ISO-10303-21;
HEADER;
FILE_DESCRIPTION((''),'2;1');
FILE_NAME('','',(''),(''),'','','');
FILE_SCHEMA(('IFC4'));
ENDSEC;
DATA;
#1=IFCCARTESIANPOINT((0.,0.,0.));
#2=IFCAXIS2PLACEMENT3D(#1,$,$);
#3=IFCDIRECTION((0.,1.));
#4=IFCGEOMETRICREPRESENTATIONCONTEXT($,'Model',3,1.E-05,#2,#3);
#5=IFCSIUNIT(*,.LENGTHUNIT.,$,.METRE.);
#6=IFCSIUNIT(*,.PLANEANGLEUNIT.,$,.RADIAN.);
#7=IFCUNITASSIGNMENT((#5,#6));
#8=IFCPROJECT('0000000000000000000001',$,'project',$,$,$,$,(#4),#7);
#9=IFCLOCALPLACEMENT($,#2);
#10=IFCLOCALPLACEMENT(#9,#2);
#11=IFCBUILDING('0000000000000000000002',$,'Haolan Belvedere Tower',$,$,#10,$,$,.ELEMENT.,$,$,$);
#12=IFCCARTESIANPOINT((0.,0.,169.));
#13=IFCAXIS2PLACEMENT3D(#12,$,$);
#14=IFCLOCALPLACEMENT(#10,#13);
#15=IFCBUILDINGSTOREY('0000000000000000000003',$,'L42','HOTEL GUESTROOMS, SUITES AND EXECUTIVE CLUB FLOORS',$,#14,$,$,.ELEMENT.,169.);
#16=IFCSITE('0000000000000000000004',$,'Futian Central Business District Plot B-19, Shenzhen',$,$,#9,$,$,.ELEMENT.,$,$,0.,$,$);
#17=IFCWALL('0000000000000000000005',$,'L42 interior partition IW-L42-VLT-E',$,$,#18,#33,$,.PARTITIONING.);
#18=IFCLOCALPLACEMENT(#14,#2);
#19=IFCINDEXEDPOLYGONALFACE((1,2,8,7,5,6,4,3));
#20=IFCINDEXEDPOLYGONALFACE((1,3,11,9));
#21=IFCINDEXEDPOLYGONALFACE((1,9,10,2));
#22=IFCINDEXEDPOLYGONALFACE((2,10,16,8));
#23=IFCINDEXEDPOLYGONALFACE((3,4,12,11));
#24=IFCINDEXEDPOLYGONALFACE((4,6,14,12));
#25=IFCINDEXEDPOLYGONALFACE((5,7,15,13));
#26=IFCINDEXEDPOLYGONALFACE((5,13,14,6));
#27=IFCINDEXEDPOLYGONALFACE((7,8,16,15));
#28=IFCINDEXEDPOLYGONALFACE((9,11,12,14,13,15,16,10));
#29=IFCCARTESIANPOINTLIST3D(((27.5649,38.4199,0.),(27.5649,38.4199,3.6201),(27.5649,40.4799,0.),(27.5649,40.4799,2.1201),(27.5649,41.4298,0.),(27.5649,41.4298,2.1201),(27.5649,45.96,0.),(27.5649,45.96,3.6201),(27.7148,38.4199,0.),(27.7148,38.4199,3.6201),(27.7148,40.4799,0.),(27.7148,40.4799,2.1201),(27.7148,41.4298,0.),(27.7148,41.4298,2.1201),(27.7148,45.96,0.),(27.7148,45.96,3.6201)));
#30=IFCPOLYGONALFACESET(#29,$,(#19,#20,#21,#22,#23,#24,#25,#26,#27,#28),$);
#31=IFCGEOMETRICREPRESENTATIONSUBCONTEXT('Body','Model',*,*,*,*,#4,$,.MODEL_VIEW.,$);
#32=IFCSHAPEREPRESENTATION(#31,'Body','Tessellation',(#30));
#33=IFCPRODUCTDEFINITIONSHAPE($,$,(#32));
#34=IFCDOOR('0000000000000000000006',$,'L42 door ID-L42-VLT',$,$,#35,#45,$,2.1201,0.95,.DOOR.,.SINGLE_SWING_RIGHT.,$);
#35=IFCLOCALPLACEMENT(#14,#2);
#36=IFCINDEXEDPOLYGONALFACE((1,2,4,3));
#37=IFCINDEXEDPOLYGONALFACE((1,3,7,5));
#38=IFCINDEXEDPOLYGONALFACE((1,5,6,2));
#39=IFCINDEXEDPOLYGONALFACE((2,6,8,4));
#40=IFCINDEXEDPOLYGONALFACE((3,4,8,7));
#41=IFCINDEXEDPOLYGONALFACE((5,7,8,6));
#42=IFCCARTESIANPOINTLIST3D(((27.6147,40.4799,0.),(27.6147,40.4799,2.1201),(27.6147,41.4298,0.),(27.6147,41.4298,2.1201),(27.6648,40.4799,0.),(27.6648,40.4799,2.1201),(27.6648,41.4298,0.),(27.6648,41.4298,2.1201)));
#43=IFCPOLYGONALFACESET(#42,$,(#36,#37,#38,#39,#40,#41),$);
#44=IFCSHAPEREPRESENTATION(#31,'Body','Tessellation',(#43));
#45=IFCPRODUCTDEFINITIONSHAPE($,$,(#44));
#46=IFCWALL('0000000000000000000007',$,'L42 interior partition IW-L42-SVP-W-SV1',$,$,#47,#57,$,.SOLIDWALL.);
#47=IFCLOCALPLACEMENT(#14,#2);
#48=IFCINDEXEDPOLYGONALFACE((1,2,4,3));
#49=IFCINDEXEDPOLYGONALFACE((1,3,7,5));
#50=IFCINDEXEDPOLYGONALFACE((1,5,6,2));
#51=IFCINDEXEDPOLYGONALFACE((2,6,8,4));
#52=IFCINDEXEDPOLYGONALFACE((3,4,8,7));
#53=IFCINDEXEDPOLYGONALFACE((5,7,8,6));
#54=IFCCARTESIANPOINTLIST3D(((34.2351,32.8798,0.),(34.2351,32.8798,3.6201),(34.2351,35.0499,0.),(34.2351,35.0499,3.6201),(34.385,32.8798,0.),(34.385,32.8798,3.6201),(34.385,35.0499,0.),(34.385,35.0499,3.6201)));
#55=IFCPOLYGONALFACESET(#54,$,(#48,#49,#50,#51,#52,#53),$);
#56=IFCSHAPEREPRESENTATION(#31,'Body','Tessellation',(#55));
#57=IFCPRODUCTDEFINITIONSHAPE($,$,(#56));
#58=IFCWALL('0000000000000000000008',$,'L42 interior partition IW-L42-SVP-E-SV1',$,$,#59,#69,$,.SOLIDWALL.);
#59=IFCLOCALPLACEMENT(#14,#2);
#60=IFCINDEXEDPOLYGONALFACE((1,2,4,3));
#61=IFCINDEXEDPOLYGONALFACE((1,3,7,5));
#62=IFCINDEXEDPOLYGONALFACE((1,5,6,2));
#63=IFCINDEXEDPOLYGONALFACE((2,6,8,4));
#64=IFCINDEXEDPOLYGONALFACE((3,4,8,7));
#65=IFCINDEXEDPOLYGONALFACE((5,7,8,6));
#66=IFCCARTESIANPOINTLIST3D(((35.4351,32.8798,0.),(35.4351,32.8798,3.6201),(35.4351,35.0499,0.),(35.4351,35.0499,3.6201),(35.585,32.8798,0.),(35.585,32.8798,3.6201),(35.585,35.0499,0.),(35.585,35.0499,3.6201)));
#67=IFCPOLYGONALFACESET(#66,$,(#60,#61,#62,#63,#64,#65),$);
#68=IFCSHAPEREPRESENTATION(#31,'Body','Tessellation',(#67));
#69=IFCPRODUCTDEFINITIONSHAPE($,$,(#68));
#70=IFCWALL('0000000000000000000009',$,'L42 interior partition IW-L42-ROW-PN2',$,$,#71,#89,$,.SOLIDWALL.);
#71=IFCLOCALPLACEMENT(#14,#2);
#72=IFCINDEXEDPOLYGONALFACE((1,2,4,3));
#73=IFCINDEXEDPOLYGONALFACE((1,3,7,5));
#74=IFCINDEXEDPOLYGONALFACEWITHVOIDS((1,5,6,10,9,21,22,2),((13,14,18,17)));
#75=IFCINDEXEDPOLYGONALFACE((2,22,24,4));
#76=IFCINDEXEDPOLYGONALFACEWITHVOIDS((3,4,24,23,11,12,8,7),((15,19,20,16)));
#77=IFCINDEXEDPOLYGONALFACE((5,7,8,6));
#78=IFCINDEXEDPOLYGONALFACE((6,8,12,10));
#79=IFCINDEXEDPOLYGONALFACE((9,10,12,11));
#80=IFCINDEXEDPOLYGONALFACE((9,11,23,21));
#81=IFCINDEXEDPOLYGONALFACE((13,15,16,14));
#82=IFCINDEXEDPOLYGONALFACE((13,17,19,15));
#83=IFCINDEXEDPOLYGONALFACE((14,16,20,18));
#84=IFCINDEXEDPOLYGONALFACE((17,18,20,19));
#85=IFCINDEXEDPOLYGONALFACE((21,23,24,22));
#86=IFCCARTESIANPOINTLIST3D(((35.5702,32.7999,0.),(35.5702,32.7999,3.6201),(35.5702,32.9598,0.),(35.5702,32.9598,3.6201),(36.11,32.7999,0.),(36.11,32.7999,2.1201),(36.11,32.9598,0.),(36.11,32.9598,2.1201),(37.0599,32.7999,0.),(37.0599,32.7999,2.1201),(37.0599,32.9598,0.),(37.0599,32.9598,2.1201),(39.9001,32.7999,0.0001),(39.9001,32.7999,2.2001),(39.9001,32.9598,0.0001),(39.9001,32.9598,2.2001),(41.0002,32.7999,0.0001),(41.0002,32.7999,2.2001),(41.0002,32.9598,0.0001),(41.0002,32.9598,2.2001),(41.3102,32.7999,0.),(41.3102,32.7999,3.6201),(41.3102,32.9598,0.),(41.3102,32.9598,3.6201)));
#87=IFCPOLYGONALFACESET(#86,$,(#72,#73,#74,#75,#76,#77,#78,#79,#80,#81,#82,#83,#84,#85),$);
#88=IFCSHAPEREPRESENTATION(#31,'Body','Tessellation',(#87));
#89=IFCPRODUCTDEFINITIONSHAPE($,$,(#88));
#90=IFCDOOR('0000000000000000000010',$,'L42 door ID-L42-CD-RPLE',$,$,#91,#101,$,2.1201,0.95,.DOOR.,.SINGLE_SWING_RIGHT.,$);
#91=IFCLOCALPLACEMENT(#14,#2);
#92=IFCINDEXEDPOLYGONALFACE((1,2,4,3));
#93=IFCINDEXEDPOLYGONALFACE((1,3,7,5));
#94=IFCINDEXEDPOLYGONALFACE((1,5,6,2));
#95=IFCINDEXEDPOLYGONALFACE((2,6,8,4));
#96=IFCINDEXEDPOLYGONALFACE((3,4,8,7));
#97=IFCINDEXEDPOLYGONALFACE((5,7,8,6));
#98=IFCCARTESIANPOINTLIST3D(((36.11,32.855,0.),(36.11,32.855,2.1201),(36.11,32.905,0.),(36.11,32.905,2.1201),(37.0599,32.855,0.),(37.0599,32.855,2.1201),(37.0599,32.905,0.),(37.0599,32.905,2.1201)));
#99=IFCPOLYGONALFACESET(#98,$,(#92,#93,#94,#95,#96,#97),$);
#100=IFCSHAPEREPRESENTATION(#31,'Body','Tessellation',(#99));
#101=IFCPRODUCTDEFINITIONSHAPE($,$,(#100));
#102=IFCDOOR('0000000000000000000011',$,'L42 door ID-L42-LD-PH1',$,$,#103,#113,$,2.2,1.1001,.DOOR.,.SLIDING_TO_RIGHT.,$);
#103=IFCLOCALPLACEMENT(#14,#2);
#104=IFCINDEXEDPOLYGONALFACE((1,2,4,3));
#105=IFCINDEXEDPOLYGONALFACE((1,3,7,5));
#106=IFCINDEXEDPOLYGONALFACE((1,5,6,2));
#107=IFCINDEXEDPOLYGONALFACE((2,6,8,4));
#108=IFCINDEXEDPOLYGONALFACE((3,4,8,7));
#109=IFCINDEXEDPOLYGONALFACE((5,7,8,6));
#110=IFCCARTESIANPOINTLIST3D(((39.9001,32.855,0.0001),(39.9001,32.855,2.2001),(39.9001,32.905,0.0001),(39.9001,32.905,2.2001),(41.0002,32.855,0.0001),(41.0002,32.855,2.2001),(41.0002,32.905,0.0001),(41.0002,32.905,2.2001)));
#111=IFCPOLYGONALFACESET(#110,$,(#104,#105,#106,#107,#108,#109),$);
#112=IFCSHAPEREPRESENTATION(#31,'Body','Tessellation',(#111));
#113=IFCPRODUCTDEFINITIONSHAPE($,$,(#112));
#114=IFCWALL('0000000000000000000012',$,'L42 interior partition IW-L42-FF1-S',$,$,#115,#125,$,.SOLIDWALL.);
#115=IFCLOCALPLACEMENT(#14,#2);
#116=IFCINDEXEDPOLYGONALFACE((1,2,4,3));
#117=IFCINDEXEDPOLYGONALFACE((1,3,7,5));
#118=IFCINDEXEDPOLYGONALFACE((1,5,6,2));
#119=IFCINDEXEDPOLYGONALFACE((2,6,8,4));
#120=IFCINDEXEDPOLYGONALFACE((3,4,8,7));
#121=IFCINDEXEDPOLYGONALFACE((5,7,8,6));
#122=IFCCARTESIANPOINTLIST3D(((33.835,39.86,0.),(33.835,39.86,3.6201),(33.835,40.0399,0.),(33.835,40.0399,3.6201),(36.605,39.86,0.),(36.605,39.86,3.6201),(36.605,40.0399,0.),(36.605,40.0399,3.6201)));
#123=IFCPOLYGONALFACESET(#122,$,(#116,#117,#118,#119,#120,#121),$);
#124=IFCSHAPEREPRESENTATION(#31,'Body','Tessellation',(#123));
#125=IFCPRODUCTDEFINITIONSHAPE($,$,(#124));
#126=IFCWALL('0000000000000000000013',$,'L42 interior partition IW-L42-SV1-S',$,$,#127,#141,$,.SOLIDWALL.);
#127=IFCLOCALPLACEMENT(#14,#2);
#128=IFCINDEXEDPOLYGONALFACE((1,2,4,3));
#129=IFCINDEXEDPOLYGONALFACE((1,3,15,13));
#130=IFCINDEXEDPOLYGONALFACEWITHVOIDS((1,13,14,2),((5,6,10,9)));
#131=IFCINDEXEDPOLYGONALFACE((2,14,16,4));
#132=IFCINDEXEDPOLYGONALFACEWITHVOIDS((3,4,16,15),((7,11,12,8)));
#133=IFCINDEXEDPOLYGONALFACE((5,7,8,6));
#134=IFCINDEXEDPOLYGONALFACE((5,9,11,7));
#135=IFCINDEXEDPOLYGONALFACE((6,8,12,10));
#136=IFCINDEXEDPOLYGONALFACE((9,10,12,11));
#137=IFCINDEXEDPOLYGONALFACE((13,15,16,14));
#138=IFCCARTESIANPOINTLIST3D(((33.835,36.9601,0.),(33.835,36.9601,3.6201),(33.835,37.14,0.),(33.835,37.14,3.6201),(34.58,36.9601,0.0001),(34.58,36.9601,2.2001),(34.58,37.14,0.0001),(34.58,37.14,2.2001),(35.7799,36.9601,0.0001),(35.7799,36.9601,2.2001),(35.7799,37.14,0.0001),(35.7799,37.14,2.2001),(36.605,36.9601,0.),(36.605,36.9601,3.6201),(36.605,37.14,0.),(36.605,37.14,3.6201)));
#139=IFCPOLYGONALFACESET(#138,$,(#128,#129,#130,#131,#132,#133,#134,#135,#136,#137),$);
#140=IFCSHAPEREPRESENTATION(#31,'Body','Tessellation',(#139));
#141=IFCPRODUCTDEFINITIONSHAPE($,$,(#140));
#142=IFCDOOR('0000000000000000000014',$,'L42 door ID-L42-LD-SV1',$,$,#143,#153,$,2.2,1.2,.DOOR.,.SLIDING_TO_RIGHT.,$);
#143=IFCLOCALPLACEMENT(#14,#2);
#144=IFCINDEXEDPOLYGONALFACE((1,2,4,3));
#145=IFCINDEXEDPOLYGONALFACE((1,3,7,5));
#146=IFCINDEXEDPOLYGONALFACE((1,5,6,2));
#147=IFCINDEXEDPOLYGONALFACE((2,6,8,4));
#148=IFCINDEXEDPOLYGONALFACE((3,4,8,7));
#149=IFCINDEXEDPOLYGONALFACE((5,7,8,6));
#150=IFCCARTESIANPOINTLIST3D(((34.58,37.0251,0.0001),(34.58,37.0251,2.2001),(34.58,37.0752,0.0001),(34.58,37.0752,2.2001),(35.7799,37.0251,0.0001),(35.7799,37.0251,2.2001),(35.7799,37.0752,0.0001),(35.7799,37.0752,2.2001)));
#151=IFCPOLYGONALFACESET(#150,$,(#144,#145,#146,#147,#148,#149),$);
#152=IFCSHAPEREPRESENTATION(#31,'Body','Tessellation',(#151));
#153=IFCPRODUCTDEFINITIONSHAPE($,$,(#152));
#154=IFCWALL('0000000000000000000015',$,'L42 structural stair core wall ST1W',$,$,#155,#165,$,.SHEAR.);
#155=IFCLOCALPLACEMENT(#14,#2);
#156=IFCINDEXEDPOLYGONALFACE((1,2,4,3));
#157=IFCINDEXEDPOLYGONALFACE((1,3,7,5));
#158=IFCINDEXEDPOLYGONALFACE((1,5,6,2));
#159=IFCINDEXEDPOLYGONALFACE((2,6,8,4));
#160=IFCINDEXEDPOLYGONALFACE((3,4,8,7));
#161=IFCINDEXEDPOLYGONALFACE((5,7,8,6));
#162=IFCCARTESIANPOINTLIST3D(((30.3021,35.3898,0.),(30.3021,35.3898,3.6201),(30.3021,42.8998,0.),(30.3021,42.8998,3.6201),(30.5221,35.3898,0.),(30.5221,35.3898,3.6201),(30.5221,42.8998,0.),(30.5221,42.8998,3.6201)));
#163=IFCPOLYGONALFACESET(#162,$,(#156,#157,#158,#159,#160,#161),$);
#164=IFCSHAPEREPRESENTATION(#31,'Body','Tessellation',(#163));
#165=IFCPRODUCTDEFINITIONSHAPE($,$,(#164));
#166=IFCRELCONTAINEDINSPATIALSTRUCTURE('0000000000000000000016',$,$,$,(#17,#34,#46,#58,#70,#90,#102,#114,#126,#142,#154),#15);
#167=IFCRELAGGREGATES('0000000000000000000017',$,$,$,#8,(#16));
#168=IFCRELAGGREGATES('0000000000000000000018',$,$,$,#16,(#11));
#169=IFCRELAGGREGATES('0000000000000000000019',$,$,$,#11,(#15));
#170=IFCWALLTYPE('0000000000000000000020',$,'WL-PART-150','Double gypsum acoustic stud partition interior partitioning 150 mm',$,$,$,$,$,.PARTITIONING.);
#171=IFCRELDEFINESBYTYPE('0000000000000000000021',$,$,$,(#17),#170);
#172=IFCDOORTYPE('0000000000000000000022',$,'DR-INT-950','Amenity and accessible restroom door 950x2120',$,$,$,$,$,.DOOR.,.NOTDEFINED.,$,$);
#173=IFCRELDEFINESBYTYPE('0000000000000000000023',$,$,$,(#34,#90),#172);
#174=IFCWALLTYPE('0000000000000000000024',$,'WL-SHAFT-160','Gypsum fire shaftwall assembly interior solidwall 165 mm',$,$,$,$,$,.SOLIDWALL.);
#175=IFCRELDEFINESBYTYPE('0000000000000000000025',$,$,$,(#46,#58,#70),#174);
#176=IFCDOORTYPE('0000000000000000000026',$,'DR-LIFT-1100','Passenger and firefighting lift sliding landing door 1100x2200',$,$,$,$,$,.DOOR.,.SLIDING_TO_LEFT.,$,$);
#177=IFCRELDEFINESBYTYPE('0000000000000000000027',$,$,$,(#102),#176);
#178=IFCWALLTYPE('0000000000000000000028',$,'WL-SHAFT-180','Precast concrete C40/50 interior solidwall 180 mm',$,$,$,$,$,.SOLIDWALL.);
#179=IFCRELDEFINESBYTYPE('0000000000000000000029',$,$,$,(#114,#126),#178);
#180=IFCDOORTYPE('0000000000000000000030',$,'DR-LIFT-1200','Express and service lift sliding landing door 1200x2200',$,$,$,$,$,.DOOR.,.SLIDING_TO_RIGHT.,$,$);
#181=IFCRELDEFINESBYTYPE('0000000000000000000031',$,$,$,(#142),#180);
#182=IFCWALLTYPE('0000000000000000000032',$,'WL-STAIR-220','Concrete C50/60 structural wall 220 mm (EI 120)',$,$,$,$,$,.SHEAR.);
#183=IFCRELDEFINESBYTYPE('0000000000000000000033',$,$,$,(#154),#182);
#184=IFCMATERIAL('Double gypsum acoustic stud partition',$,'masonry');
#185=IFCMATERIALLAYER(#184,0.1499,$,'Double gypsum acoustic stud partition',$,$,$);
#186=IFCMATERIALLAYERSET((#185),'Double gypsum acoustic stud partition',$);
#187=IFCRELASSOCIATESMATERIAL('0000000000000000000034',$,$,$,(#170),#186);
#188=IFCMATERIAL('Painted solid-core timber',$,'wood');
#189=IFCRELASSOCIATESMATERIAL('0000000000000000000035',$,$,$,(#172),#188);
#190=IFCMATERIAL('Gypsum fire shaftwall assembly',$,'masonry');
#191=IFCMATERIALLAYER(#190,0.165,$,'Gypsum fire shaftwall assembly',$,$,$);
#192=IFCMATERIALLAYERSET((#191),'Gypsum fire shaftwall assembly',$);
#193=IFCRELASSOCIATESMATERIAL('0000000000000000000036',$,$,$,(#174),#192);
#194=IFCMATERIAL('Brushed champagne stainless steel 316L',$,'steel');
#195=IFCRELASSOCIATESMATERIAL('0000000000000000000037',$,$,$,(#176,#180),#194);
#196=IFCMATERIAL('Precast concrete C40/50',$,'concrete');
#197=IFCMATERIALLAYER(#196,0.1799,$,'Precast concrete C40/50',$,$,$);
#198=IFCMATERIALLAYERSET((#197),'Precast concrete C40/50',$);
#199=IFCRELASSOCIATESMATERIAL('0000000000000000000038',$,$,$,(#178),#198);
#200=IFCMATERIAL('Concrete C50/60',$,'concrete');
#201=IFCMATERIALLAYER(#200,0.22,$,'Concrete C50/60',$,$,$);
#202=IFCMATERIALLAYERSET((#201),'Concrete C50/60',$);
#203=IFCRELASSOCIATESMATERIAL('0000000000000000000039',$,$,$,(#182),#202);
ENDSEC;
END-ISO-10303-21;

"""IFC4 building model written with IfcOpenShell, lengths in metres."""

from ifc_helpers import new_model, si_unit, direction, frame, frame_2d, origin, place, context, subcontext, project, spatial, rectangle, extrude, material, layer, layer_set, type_object, element, fill, save


model = new_model("IFC4")

# Units and contexts
model_context = context("Model", 3, precision=1e-05, world=origin(), true_north=direction((0.0, 1.0)))
body_context = subcontext(model_context, "Body", "Model", "MODEL_VIEW")
ifc_project = project(units=[si_unit("LENGTHUNIT", "METRE"), si_unit("PLANEANGLEUNIT", "RADIAN")], contexts=[model_context])

# Site, building, storey
site_placement = place(None, origin())
site = spatial("IfcSite", under=ifc_project, at=site_placement, Name="Futian Central Business District Plot B-19, Shenzhen", CompositionType="ELEMENT", RefElevation=0.0)
building_placement = place(site_placement, origin())
building = spatial("IfcBuilding", under=site, at=building_placement, Name="Haolan Belvedere Tower", CompositionType="ELEMENT")
storey_placement = place(building_placement, frame((0.0, 0.0, 169.0)))
storey = spatial("IfcBuildingStorey", under=building, at=storey_placement, Name="L42", Description="HOTEL GUESTROOMS, SUITES AND EXECUTIVE CLUB FLOORS", CompositionType="ELEMENT", Elevation=169.0)

# Wall, opening, door
ifc_material_1 = material(Name="Double gypsum acoustic stud partition", Category="masonry")
ifc_layer_1 = layer(ifc_material_1, 0.1499, Name="Double gypsum acoustic stud partition")
ifc_layer_set_1 = layer_set([ifc_layer_1], Name="Double gypsum acoustic stud partition")
wall_type_1 = type_object("IfcWallType", Name="WL-PART-150", Description="Double gypsum acoustic stud partition interior partitioning 150 mm", PredefinedType="PARTITIONING", material=ifc_layer_set_1)
wall_1_placement = place(storey_placement, frame((27.6399, 38.4199, 0.0), z_axis=(0.0, 0.0, 1.0), x_axis=(0.0, 1.0, 0.0)))
wall_1 = element("IfcWall", 1, at=wall_1_placement, inside=storey, type_object=wall_type_1, Name="L42 interior partition IW-L42-VLT-E", PredefinedType="PARTITIONING", context=body_context, shape_type="SweptSolid", body=[
    extrude(rectangle(XDim=7.54, YDim=0.1499, at=frame_2d((3.77, 0.0))), origin(), (0.0, 0.0, 1.0), 3.6201),
])
opening_1_placement = place(wall_1_placement, frame((3.01, 0.0, 0.0), z_axis=(0.0, 0.0, 1.0), x_axis=(-1.0, 0.0, 0.0)))
opening_1 = element("IfcOpeningElement", 2, at=opening_1_placement, cuts=wall_1, PredefinedType="OPENING", context=body_context, shape_type="SweptSolid", body=[
    extrude(rectangle(XDim=0.95, YDim=2.1201, at=frame_2d((0.4751, 1.0601))), frame((0.0, 0.085, 0.0), z_axis=(0.0, -1.0, 0.0), x_axis=(1.0, 0.0, 0.0)), (0.0, 0.0, 1.0), 0.1699),
])
ifc_material_2 = material(Name="Painted solid-core timber", Category="wood")
door_type_1 = type_object("IfcDoorType", Name="DR-INT-950", Description="Amenity and accessible restroom door 950x2120", OperationType="NOTDEFINED", PredefinedType="DOOR", material=ifc_material_2)
door_1_placement = place(opening_1_placement, origin())
door_1 = element("IfcDoor", 3, at=door_1_placement, inside=storey, type_object=door_type_1, Name="L42 door ID-L42-VLT", OperationType="SINGLE_SWING_RIGHT", OverallHeight=2.1201, OverallWidth=0.95, PredefinedType="DOOR", context=body_context, shape_type="SweptSolid", body=[
    extrude(rectangle(XDim=0.95, YDim=2.1201, at=frame_2d((0.4751, 1.0601))), frame((0.0, 0.0249, 0.0), z_axis=(0.0, -1.0, 0.0), x_axis=(1.0, 0.0, 0.0)), (0.0, 0.0, 1.0), 0.05),
])
fill(opening_1, door_1)

# Walls
ifc_material_3 = material(Name="Gypsum fire shaftwall assembly", Category="masonry")
ifc_layer_2 = layer(ifc_material_3, 0.165, Name="Gypsum fire shaftwall assembly")
ifc_layer_set_2 = layer_set([ifc_layer_2], Name="Gypsum fire shaftwall assembly")
wall_type_2 = type_object("IfcWallType", Name="WL-SHAFT-160", Description="Gypsum fire shaftwall assembly interior solidwall 165 mm", PredefinedType="SOLIDWALL", material=ifc_layer_set_2)
for number, where, z_axis, x_axis, name in (
    (4, (34.3101, 32.8799, 0.0), (0.0, 0.0, 1.0), (0.0, 1.0, 0.0), "L42 interior partition IW-L42-SVP-W-SV1"),
    (5, (35.51, 32.8799, 0.0), (0.0, 0.0, 1.0), (0.0, 1.0, 0.0), "L42 interior partition IW-L42-SVP-E-SV1"),
):
    element("IfcWall", number, at=place(storey_placement, frame(where, z_axis=z_axis, x_axis=x_axis)), inside=storey, type_object=wall_type_2, Name=name, PredefinedType="SOLIDWALL", context=body_context, shape_type="SweptSolid", body=[
        extrude(rectangle(XDim=2.1702, YDim=0.1499, at=frame_2d((1.085, 0.0))), origin(), (0.0, 0.0, 1.0), 3.6201),
    ])

# Wall, openings, doors
wall_2_placement = place(storey_placement, frame((35.5701, 32.8799, 0.0), z_axis=(0.0, 0.0, 1.0), x_axis=(1.0, 0.0, 0.0)))
wall_2 = element("IfcWall", 6, at=wall_2_placement, inside=storey, type_object=wall_type_2, Name="L42 interior partition IW-L42-ROW-PN2", PredefinedType="SOLIDWALL", context=body_context, shape_type="SweptSolid", body=[
    extrude(rectangle(XDim=5.74, YDim=0.1599, at=frame_2d((2.8701, 0.0))), origin(), (0.0, 0.0, 1.0), 3.6201),
])
opening_2_placement = place(wall_2_placement, frame((1.49, 0.0, 0.0), z_axis=(0.0, 0.0, 1.0), x_axis=(-1.0, 0.0, 0.0)))
opening_2 = element("IfcOpeningElement", 7, at=opening_2_placement, cuts=wall_2, PredefinedType="OPENING", context=body_context, shape_type="SweptSolid", body=[
    extrude(rectangle(XDim=0.95, YDim=2.1201, at=frame_2d((0.4751, 1.0601))), frame((0.0, 0.0898, 0.0), z_axis=(0.0, -1.0, 0.0), x_axis=(1.0, 0.0, 0.0)), (0.0, 0.0, 1.0), 0.1799),
])
opening_3_placement = place(wall_2_placement, frame((5.4302, 0.0, 0.0), z_axis=(0.0, 0.0, 1.0), x_axis=(-1.0, 0.0, 0.0)))
opening_3 = element("IfcOpeningElement", 8, at=opening_3_placement, cuts=wall_2, PredefinedType="OPENING", context=body_context, shape_type="SweptSolid", body=[
    extrude(rectangle(XDim=1.1001, YDim=2.2, at=frame_2d((0.55, 1.1001))), frame((0.0, 0.0898, 0.0), z_axis=(0.0, -1.0, 0.0), x_axis=(1.0, 0.0, 0.0)), (0.0, 0.0, 1.0), 0.1799),
])
door_2_placement = place(opening_2_placement, origin())
door_2 = element("IfcDoor", 9, at=door_2_placement, inside=storey, type_object=door_type_1, Name="L42 door ID-L42-CD-RPLE", OperationType="SINGLE_SWING_RIGHT", OverallHeight=2.1201, OverallWidth=0.95, PredefinedType="DOOR", context=body_context, shape_type="SweptSolid", body=[
    extrude(rectangle(XDim=0.95, YDim=2.1201, at=frame_2d((0.4751, 1.0601))), frame((0.0, 0.0249, 0.0), z_axis=(0.0, -1.0, 0.0), x_axis=(1.0, 0.0, 0.0)), (0.0, 0.0, 1.0), 0.05),
])
fill(opening_2, door_2)
ifc_material_4 = material(Name="Brushed champagne stainless steel 316L", Category="steel")
door_type_2 = type_object("IfcDoorType", Name="DR-LIFT-1100", Description="Passenger and firefighting lift sliding landing door 1100x2200", OperationType="SLIDING_TO_LEFT", PredefinedType="DOOR", material=ifc_material_4)
door_3_placement = place(opening_3_placement, origin())
door_3 = element("IfcDoor", 10, at=door_3_placement, inside=storey, type_object=door_type_2, Name="L42 door ID-L42-LD-PH1", OperationType="SLIDING_TO_RIGHT", OverallHeight=2.2, OverallWidth=1.1001, PredefinedType="DOOR", context=body_context, shape_type="SweptSolid", body=[
    extrude(rectangle(XDim=1.1001, YDim=2.2, at=frame_2d((0.55, 1.1001))), frame((0.0, 0.0249, 0.0), z_axis=(0.0, -1.0, 0.0), x_axis=(1.0, 0.0, 0.0)), (0.0, 0.0, 1.0), 0.05),
])
fill(opening_3, door_3)

# Wall
ifc_material_5 = material(Name="Precast concrete C40/50", Category="concrete")
ifc_layer_3 = layer(ifc_material_5, 0.1799, Name="Precast concrete C40/50")
ifc_layer_set_3 = layer_set([ifc_layer_3], Name="Precast concrete C40/50")
wall_type_3 = type_object("IfcWallType", Name="WL-SHAFT-180", Description="Precast concrete C40/50 interior solidwall 180 mm", PredefinedType="SOLIDWALL", material=ifc_layer_set_3)
wall_3_placement = place(storey_placement, frame((33.835, 39.95, 0.0), z_axis=(0.0, 0.0, 1.0), x_axis=(1.0, 0.0, 0.0)))
element("IfcWall", 11, at=wall_3_placement, inside=storey, type_object=wall_type_3, Name="L42 interior partition IW-L42-FF1-S", PredefinedType="SOLIDWALL", context=body_context, shape_type="SweptSolid", body=[
    extrude(rectangle(XDim=2.77, YDim=0.1799, at=frame_2d((1.385, 0.0))), origin(), (0.0, 0.0, 1.0), 3.6201),
])

# Wall, opening, door
wall_4_placement = place(storey_placement, frame((33.835, 37.05, 0.0), z_axis=(0.0, 0.0, 1.0), x_axis=(1.0, 0.0, 0.0)))
wall_4 = element("IfcWall", 12, at=wall_4_placement, inside=storey, type_object=wall_type_3, Name="L42 interior partition IW-L42-SV1-S", PredefinedType="SOLIDWALL", context=body_context, shape_type="SweptSolid", body=[
    extrude(rectangle(XDim=2.77, YDim=0.1799, at=frame_2d((1.385, 0.0))), origin(), (0.0, 0.0, 1.0), 3.6201),
])
opening_4_placement = place(wall_4_placement, frame((1.9451, 0.0, 0.0), z_axis=(0.0, 0.0, 1.0), x_axis=(-1.0, 0.0, 0.0)))
opening_4 = element("IfcOpeningElement", 13, at=opening_4_placement, cuts=wall_4, PredefinedType="OPENING", context=body_context, shape_type="SweptSolid", body=[
    extrude(rectangle(XDim=1.2, YDim=2.2, at=frame_2d((0.6001, 1.1001))), frame((0.0, 0.0999, 0.0), z_axis=(0.0, -1.0, 0.0), x_axis=(1.0, 0.0, 0.0)), (0.0, 0.0, 1.0), 0.2),
])
door_type_3 = type_object("IfcDoorType", Name="DR-LIFT-1200", Description="Express and service lift sliding landing door 1200x2200", OperationType="SLIDING_TO_RIGHT", PredefinedType="DOOR", material=ifc_material_4)
door_4_placement = place(opening_4_placement, origin())
door_4 = element("IfcDoor", 14, at=door_4_placement, inside=storey, type_object=door_type_3, Name="L42 door ID-L42-LD-SV1", OperationType="SLIDING_TO_RIGHT", OverallHeight=2.2, OverallWidth=1.2, PredefinedType="DOOR", context=body_context, shape_type="SweptSolid", body=[
    extrude(rectangle(XDim=1.2, YDim=2.2, at=frame_2d((0.6001, 1.1001))), frame((0.0, 0.0249, 0.0), z_axis=(0.0, -1.0, 0.0), x_axis=(1.0, 0.0, 0.0)), (0.0, 0.0, 1.0), 0.05),
])
fill(opening_4, door_4)

# Wall
ifc_material_6 = material(Name="Concrete C50/60", Category="concrete")
ifc_layer_4 = layer(ifc_material_6, 0.22, Name="Concrete C50/60")
ifc_layer_set_4 = layer_set([ifc_layer_4], Name="Concrete C50/60")
wall_type_4 = type_object("IfcWallType", Name="WL-STAIR-220", Description="Concrete C50/60 structural wall 220 mm (EI 120)", PredefinedType="SHEAR", material=ifc_layer_set_4)
for number, where, z_axis, x_axis, name in (
    (15, (30.4121, 35.3899, 0.0), (0.0, 0.0, 1.0), (0.0, 1.0, 0.0), "L42 structural stair core wall ST1W"),
):
    element("IfcWall", number, at=place(storey_placement, frame(where, z_axis=z_axis, x_axis=x_axis)), inside=storey, type_object=wall_type_4, Name=name, PredefinedType="SHEAR", context=body_context, shape_type="SweptSolid", body=[
        extrude(rectangle(XDim=7.51, YDim=0.22, at=frame_2d((3.7549, 0.0))), origin(), (0.0, 0.0, 1.0), 3.6201),
    ])

save(model, "model.ifc")
